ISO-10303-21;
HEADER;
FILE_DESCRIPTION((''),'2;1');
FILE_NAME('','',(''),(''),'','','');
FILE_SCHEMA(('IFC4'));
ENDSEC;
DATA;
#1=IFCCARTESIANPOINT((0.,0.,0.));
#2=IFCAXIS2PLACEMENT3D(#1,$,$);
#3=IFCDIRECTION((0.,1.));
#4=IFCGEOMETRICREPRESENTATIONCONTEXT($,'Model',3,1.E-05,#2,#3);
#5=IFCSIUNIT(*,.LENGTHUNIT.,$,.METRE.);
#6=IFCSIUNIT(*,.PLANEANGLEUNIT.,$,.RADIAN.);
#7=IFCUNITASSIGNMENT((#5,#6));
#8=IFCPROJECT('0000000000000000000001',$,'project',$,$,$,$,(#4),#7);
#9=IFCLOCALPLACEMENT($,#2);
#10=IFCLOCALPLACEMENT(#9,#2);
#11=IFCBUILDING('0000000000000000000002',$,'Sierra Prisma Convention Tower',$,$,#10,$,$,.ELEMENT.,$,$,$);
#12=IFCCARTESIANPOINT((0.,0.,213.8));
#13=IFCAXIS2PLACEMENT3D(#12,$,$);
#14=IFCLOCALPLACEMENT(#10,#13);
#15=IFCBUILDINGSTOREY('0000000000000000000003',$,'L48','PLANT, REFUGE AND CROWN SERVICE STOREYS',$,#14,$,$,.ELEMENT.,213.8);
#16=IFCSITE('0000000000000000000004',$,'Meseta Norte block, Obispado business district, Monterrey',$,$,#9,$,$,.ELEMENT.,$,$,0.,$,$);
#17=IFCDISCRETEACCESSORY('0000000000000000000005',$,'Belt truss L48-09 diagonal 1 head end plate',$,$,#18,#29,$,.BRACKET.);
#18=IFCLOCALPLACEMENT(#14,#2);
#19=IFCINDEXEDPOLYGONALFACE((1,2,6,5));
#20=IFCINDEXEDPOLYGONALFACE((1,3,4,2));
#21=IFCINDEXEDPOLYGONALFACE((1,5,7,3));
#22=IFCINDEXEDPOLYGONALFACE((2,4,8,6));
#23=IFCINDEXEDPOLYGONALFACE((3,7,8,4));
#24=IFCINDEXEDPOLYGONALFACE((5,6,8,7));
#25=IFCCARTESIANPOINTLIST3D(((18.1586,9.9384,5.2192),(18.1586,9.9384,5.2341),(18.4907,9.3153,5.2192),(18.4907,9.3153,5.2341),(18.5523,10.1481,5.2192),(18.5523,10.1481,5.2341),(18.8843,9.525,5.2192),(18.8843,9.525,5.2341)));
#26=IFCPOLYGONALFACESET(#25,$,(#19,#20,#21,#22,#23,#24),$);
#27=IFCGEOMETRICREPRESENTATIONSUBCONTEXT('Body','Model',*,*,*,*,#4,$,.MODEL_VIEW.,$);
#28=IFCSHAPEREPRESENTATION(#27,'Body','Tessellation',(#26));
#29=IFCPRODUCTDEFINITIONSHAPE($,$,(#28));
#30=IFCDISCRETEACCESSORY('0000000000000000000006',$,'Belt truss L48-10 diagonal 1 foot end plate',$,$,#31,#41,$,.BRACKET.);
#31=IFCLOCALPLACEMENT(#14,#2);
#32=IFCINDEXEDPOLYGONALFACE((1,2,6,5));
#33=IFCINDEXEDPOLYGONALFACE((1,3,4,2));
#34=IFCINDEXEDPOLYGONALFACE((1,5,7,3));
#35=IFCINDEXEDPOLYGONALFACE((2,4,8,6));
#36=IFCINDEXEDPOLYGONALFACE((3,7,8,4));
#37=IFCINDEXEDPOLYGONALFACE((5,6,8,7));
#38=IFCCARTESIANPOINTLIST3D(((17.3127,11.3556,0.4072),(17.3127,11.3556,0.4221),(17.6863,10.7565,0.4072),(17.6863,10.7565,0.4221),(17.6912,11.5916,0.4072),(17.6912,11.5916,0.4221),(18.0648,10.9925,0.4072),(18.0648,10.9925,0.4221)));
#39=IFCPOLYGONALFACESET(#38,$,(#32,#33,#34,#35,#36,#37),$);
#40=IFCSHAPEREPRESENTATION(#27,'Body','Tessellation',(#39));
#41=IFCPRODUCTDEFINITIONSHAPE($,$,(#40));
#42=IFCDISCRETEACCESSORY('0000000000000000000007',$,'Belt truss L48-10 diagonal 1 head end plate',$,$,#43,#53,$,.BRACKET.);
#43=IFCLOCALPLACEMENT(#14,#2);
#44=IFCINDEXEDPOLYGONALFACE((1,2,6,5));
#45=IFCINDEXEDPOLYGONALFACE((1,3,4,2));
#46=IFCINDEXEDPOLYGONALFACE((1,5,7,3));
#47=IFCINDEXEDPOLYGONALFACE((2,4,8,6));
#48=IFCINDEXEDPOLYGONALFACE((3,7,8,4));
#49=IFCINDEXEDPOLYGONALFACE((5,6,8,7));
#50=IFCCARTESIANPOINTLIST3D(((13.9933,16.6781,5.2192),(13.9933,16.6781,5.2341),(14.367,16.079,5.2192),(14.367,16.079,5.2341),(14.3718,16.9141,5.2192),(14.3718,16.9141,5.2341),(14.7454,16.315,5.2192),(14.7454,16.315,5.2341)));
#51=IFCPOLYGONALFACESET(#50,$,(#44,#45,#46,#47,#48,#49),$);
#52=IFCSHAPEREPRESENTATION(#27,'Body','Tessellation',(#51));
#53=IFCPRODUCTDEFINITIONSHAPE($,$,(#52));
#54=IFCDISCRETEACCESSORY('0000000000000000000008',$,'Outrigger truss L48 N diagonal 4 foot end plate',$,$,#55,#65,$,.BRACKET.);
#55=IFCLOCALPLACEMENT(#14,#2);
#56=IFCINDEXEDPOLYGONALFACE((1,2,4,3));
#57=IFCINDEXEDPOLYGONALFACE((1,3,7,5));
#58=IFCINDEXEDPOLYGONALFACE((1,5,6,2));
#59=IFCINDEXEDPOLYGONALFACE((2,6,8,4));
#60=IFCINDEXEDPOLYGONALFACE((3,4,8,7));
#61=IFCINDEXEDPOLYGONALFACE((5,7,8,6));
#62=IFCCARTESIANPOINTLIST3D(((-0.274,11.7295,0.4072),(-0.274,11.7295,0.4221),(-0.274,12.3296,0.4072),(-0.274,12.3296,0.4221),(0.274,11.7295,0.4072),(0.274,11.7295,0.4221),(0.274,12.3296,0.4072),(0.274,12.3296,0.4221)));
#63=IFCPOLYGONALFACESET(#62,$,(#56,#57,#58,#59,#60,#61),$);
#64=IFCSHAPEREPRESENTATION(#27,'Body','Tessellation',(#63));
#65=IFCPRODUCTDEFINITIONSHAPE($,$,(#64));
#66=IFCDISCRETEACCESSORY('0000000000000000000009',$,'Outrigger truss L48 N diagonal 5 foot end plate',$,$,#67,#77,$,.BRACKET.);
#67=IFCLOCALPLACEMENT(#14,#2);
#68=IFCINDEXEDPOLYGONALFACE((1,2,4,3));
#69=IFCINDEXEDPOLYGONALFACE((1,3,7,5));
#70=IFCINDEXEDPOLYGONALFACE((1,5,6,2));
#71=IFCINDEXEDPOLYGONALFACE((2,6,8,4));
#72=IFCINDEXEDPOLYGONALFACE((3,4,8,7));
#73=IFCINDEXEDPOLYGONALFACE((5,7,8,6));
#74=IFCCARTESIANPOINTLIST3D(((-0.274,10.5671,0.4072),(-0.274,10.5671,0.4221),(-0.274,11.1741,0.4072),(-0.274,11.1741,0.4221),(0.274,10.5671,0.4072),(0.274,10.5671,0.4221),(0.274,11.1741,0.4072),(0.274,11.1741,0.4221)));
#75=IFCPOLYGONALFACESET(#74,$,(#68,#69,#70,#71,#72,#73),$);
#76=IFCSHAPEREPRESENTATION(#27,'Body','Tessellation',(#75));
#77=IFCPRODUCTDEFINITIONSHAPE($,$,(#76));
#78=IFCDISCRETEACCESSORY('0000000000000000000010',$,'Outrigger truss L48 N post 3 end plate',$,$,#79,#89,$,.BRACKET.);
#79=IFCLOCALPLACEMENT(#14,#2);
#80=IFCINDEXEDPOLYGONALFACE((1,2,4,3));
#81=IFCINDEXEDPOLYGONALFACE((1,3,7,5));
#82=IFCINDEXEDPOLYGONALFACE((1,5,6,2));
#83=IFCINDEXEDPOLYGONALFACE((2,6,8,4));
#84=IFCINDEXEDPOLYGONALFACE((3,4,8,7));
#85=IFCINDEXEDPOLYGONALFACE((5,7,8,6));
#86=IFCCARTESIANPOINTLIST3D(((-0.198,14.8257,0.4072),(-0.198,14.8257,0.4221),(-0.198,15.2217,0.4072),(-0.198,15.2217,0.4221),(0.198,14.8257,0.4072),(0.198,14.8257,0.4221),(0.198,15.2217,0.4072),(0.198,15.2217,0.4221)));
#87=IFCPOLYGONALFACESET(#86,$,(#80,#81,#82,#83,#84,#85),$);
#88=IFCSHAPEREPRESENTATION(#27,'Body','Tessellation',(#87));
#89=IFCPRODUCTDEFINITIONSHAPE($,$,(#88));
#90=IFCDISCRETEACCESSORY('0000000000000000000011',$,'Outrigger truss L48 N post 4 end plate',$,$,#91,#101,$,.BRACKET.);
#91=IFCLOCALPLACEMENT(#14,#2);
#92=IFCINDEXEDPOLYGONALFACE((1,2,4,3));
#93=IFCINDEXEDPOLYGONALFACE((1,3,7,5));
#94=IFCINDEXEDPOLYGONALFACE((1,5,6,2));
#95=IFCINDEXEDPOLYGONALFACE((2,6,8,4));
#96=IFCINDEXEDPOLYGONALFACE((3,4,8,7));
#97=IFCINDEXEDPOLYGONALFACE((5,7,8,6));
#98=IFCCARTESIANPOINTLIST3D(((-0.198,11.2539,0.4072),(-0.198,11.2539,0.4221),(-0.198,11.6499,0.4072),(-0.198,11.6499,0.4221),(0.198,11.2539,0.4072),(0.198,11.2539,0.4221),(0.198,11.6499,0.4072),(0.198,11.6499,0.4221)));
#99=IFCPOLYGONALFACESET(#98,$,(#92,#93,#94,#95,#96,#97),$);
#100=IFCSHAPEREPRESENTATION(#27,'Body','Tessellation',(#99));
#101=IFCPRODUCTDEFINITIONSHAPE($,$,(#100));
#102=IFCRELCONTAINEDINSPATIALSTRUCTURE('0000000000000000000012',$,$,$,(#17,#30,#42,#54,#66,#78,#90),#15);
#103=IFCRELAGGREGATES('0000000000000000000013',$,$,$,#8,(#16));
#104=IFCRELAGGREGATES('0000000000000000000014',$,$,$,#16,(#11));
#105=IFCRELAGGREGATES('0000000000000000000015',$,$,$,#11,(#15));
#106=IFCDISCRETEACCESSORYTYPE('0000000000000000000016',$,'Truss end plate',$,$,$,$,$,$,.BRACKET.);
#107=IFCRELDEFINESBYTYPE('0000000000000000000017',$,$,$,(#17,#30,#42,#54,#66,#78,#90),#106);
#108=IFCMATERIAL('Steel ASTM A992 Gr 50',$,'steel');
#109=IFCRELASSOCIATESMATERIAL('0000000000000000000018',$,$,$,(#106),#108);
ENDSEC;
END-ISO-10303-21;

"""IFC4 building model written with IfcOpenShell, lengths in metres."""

from ifc_helpers import new_model, si_unit, direction, frame, origin, origin_2d, place, context, subcontext, project, spatial, rectangle, extrude, material, type_object, element, save


model = new_model("IFC4")

# Units and contexts
model_context = context("Model", 3, precision=1e-05, world=origin(), true_north=direction((0.0, 1.0)))
body_context = subcontext(model_context, "Body", "Model", "MODEL_VIEW")
ifc_project = project(units=[si_unit("LENGTHUNIT", "METRE"), si_unit("PLANEANGLEUNIT", "RADIAN")], contexts=[model_context])

# Site, building, storey
site_placement = place(None, origin())
site = spatial("IfcSite", under=ifc_project, at=site_placement, Name="Meseta Norte block, Obispado business district, Monterrey", CompositionType="ELEMENT", RefElevation=0.0)
building_placement = place(site_placement, origin())
building = spatial("IfcBuilding", under=site, at=building_placement, Name="Sierra Prisma Convention Tower", CompositionType="ELEMENT")
storey_placement = place(building_placement, frame((0.0, 0.0, 213.8)))
storey = spatial("IfcBuildingStorey", under=building, at=storey_placement, Name="L48", Description="PLANT, REFUGE AND CROWN SERVICE STOREYS", CompositionType="ELEMENT", Elevation=213.8)

# Discrete accessories
ifc_material_1 = material(Name="Steel ASTM A992 Gr 50", Category="steel")
discrete_accessory_type = type_object("IfcDiscreteAccessoryType", Name="Truss end plate", PredefinedType="BRACKET", material=ifc_material_1)
for number, where, z_axis, x_axis, name in (
    (1, (18.5215, 9.7317, 5.2192), (0.0, 0.0, 1.0), (-0.470254, 0.882531, 0.0), "Belt truss L48-09 diagonal 1 head end plate"),
    (2, (17.6887, 11.1741, 0.4072), (0.0, 0.0, 1.0), (-0.529164, 0.848519, 0.0), "Belt truss L48-10 diagonal 1 foot end plate"),
    (3, (14.3694, 16.4966, 5.2192), (0.0, 0.0, 1.0), (-0.529164, 0.848519, 0.0), "Belt truss L48-10 diagonal 1 head end plate"),
):
    element("IfcDiscreteAccessory", number, at=place(storey_placement, frame(where, z_axis=z_axis, x_axis=x_axis)), inside=storey, type_object=discrete_accessory_type, Name=name, PredefinedType="BRACKET", context=body_context, shape_type="SweptSolid", body=[
        extrude(rectangle(XDim=0.7061, YDim=0.446, at=origin_2d()), origin(), (0.0, 0.0, 1.0), 0.0149),
    ])
discrete_accessory_1_placement = place(storey_placement, frame((0.0, 12.0295, 0.4072), z_axis=(0.0, 0.0, 1.0), x_axis=(0.0, -1.0, 0.0)))
element("IfcDiscreteAccessory", 4, at=discrete_accessory_1_placement, inside=storey, type_object=discrete_accessory_type, Name="Outrigger truss L48 N diagonal 4 foot end plate", PredefinedType="BRACKET", context=body_context, shape_type="SweptSolid", body=[
    extrude(rectangle(XDim=0.6001, YDim=0.5481, at=origin_2d()), origin(), (0.0, 0.0, 1.0), 0.0149),
])
discrete_accessory_2_placement = place(storey_placement, frame((0.0, 10.8706, 0.4072), z_axis=(0.0, 0.0, 1.0), x_axis=(0.0, -1.0, 0.0)))
element("IfcDiscreteAccessory", 5, at=discrete_accessory_2_placement, inside=storey, type_object=discrete_accessory_type, Name="Outrigger truss L48 N diagonal 5 foot end plate", PredefinedType="BRACKET", context=body_context, shape_type="SweptSolid", body=[
    extrude(rectangle(XDim=0.6069, YDim=0.5481, at=origin_2d()), origin(), (0.0, 0.0, 1.0), 0.0149),
])
for number, where, z_axis, x_axis, name in (
    (6, (0.0, 15.0237, 0.4072), (0.0, 0.0, 1.0), (0.0, -1.0, 0.0), "Outrigger truss L48 N post 3 end plate"),
    (7, (0.0, 11.4519, 0.4072), (0.0, 0.0, 1.0), (0.0, -1.0, 0.0), "Outrigger truss L48 N post 4 end plate"),
):
    element("IfcDiscreteAccessory", number, at=place(storey_placement, frame(where, z_axis=z_axis, x_axis=x_axis)), inside=storey, type_object=discrete_accessory_type, Name=name, PredefinedType="BRACKET", context=body_context, shape_type="SweptSolid", body=[
        extrude(rectangle(XDim=0.396, YDim=0.396, at=origin_2d()), origin(), (0.0, 0.0, 1.0), 0.0149),
    ])

save(model, "model.ifc")
